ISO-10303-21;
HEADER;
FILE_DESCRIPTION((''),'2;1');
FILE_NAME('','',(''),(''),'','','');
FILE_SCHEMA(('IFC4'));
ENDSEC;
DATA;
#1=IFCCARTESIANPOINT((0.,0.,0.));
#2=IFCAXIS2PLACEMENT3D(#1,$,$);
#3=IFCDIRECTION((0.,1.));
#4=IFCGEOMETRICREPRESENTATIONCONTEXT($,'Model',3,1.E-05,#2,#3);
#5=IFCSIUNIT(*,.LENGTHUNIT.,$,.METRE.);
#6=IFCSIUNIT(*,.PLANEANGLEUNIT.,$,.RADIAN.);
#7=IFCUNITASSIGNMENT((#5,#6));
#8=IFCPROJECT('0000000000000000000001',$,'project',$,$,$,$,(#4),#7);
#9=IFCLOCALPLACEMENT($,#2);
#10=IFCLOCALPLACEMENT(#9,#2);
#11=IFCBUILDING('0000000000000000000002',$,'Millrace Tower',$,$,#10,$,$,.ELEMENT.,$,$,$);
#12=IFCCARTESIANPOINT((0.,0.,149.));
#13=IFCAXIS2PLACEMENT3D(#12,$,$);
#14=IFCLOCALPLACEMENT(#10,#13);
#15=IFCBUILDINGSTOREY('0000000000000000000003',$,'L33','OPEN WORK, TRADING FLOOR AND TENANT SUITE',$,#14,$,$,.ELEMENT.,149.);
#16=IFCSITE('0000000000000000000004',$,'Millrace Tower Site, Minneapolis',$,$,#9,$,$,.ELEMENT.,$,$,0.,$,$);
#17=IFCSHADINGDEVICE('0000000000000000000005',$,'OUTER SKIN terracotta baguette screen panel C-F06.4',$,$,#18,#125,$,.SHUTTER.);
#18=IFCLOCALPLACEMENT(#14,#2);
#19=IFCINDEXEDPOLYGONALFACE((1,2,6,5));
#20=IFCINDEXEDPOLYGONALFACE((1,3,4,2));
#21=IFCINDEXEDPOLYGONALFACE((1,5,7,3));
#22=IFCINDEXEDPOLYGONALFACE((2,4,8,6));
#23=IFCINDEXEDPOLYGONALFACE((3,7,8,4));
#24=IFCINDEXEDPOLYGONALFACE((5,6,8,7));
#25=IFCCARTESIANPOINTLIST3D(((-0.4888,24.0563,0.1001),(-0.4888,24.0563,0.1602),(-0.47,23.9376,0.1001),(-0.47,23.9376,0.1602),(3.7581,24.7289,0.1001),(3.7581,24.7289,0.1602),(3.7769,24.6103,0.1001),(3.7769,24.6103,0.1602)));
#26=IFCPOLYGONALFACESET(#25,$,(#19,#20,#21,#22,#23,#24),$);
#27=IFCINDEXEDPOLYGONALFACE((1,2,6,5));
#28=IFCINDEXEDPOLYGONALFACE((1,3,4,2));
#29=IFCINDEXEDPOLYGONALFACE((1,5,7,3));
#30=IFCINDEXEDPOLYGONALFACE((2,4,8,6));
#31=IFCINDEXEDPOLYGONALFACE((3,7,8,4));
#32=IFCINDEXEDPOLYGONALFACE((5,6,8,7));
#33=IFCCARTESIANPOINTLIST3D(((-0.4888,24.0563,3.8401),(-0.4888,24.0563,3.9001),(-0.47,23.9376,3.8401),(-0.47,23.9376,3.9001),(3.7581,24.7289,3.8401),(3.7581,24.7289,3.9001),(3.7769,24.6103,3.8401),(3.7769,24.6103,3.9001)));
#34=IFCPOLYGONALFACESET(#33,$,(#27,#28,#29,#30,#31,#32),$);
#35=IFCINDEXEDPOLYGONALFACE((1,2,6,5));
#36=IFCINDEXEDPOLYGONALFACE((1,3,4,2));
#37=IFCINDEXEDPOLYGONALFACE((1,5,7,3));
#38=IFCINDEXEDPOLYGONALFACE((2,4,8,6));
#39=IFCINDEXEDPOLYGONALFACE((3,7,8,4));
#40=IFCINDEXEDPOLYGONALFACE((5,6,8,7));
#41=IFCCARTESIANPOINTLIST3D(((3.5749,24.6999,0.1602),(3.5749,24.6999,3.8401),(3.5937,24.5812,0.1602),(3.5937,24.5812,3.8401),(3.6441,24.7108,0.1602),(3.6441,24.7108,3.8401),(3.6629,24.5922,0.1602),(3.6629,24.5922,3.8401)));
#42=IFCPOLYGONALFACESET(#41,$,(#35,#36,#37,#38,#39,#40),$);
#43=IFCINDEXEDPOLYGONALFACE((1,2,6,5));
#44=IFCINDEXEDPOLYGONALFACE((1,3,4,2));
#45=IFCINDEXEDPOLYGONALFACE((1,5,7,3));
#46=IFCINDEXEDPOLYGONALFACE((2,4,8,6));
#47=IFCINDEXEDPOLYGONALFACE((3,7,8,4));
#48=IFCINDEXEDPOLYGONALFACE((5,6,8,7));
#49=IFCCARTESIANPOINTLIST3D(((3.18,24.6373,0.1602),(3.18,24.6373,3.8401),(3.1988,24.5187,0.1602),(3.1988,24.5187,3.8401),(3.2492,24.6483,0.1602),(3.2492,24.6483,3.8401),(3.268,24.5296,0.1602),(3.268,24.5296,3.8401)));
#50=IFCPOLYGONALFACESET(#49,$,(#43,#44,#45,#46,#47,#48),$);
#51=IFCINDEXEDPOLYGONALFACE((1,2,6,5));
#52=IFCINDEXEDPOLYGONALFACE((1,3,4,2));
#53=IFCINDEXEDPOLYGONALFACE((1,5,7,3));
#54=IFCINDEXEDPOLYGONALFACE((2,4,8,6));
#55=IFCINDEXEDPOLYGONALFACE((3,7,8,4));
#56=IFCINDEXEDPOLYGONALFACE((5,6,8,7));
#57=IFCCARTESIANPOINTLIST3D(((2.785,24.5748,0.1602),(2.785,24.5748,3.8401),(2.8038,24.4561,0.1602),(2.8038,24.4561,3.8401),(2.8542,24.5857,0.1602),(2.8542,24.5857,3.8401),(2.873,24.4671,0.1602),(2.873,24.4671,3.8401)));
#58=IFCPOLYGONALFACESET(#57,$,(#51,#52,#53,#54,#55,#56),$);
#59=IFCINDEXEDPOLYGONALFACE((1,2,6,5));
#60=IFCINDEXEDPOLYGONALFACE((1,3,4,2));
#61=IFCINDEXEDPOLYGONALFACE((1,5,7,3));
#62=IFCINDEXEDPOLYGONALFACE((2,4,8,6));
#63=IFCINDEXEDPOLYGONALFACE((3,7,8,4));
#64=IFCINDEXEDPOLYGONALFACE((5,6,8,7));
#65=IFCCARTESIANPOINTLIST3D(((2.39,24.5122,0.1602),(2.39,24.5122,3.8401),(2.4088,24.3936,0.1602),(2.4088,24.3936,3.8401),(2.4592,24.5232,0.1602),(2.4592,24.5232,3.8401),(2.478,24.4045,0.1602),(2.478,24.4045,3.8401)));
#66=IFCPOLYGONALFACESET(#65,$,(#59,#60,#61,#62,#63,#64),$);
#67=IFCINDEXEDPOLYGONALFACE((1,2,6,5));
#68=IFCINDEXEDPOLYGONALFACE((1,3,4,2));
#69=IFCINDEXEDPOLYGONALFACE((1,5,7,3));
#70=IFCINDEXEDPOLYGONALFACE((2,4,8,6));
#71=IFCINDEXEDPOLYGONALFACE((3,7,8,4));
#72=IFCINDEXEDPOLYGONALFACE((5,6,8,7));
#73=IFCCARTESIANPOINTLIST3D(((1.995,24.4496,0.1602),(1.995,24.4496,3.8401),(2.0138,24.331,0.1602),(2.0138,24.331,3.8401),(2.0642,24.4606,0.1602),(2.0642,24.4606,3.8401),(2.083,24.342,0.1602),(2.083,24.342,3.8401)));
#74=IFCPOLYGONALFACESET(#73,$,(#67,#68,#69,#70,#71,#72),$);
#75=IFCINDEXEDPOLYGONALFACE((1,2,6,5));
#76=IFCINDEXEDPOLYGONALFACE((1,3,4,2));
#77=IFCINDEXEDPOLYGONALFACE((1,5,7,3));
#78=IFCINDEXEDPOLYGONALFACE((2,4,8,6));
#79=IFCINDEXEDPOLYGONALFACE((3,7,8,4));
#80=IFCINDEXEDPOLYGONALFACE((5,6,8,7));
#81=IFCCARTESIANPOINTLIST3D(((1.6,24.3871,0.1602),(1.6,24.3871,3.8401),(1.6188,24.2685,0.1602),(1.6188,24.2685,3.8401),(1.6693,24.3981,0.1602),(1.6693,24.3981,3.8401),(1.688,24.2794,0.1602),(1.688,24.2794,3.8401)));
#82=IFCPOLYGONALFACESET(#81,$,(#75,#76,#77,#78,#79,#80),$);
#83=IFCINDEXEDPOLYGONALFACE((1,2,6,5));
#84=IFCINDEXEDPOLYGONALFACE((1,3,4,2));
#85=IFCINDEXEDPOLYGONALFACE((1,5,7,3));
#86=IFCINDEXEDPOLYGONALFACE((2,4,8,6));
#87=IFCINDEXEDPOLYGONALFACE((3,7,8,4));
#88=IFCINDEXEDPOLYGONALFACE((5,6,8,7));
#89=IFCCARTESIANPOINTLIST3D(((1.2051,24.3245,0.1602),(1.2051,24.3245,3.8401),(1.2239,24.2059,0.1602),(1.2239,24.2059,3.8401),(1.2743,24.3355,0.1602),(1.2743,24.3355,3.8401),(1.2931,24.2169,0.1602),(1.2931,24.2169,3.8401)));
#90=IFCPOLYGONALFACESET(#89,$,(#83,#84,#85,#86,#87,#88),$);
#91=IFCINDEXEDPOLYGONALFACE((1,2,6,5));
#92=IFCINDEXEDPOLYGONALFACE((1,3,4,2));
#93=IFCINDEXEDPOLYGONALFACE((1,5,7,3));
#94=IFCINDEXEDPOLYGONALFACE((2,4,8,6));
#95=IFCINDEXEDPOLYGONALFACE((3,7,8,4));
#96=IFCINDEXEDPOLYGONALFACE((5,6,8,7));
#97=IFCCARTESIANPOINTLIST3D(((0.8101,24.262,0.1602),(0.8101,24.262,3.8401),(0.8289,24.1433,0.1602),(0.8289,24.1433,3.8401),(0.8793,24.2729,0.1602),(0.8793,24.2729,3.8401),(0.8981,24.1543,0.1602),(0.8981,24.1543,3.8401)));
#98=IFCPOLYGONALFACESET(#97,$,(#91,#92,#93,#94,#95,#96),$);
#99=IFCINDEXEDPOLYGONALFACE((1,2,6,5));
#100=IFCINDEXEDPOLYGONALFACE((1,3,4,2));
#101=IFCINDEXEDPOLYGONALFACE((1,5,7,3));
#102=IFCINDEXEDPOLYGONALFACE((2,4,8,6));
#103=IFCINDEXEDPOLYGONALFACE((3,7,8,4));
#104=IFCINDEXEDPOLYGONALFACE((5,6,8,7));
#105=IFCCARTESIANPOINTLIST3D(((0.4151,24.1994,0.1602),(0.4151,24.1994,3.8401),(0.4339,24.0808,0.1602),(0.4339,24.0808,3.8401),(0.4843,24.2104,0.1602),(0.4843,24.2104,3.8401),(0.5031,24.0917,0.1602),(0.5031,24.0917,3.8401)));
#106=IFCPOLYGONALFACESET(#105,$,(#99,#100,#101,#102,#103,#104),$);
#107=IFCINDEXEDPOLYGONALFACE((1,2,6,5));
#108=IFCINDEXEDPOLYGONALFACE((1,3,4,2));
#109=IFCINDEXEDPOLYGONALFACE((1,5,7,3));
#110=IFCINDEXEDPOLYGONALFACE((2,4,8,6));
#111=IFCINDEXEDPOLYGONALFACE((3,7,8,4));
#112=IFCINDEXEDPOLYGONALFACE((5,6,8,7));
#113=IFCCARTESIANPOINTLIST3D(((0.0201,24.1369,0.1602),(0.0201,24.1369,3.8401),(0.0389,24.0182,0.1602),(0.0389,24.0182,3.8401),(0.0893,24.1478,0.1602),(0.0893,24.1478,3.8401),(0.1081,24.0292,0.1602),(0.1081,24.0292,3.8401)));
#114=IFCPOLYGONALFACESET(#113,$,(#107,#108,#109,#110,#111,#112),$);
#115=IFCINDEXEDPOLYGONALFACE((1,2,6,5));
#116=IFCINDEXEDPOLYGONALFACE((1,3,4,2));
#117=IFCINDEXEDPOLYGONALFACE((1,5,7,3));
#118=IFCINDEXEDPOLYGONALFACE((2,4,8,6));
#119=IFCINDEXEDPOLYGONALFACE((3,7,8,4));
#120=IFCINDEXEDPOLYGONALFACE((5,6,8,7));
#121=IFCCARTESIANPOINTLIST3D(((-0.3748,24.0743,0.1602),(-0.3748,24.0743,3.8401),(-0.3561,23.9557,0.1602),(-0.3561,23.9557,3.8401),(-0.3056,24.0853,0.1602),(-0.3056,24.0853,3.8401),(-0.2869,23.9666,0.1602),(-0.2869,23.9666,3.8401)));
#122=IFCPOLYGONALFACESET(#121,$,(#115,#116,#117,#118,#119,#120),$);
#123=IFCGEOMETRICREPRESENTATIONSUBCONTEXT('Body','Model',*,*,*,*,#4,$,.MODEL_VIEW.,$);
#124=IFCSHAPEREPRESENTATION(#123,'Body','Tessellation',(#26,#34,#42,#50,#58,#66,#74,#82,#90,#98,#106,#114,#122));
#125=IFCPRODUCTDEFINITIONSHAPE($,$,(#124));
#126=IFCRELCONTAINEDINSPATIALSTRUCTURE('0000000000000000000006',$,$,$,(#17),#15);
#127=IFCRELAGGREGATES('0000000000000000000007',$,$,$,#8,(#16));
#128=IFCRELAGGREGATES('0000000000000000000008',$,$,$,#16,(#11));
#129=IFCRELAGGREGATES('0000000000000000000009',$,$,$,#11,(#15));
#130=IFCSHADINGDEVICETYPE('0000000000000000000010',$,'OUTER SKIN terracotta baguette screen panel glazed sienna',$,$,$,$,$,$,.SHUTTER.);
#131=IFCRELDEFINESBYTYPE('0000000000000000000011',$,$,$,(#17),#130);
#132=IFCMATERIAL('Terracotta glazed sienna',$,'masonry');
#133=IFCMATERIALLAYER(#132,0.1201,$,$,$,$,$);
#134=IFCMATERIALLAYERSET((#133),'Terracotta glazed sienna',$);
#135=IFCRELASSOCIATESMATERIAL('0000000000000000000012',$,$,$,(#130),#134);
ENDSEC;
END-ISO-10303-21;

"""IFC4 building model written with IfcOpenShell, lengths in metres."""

from ifc_helpers import new_model, entity, si_unit, direction, frame, frame_2d, origin, origin_2d, place, context, subcontext, project, spatial, rectangle, extrude, source, transform, mapped, material, layer, layer_set, type_object, element, save


model = new_model("IFC4")

# Units and contexts
model_context = context("Model", 3, precision=1e-05, world=origin(), true_north=direction((0.0, 1.0)))
body_context = subcontext(model_context, "Body", "Model", "MODEL_VIEW")
ifc_project = project(units=[si_unit("LENGTHUNIT", "METRE"), si_unit("PLANEANGLEUNIT", "RADIAN")], contexts=[model_context])

# Site, building, storey
site_placement = place(None, origin())
site = spatial("IfcSite", under=ifc_project, at=site_placement, Name="Millrace Tower Site, Minneapolis", CompositionType="ELEMENT", RefElevation=0.0)
building_placement = place(site_placement, origin())
building = spatial("IfcBuilding", under=site, at=building_placement, Name="Millrace Tower", CompositionType="ELEMENT")
storey_placement = place(building_placement, frame((0.0, 0.0, 149.0)))
storey = spatial("IfcBuildingStorey", under=building, at=storey_placement, Name="L33", Description="OPEN WORK, TRADING FLOOR AND TENANT SUITE", CompositionType="ELEMENT", Elevation=149.0)

# Shading device
ifc_material_1 = material(Name="Terracotta glazed sienna", Category="masonry")
ifc_layer_1 = layer(ifc_material_1, 0.1201)
ifc_layer_set_1 = layer_set([ifc_layer_1], Name="Terracotta glazed sienna")
shading_device_type = type_object("IfcShadingDeviceType", Name="OUTER SKIN terracotta baguette screen panel glazed sienna", PredefinedType="SHUTTER", material=ifc_layer_set_1)
cartesian_point_1 = entity("IfcCartesianPoint", [-2.1499, 0.0601])
shared_polyline_1 = entity("IfcPolyline", [cartesian_point_1, entity("IfcCartesianPoint", [2.1499, 0.0601]), entity("IfcCartesianPoint", [2.1499, -0.0601]), entity("IfcCartesianPoint", [-2.1499, -0.0601]), cartesian_point_1])
shared_shape_1 = source(origin(), body_context, "Body", "SweptSolid", [
    entity("IfcExtrudedAreaSolid", entity("IfcArbitraryClosedProfileDef", "AREA", None, shared_polyline_1), entity("IfcAxis2Placement3D", entity("IfcCartesianPoint", [0.0, 0.0, 0.0])), entity("IfcDirection", [0.0, 0.0, 1.0]), 0.0601),
    entity("IfcExtrudedAreaSolid", entity("IfcArbitraryClosedProfileDef", "AREA", None, shared_polyline_1), entity("IfcAxis2Placement3D", entity("IfcCartesianPoint", [0.0, 0.0, 3.74])), entity("IfcDirection", [0.0, 0.0, 1.0]), 0.0601),
    extrude(rectangle(XDim=0.0701, YDim=0.1201, at=frame_2d((-1.9995, 0.0))), frame((0.0, 0.0, 0.0601)), (0.0, 0.0, 1.0), 3.6799),
    extrude(rectangle(XDim=0.0701, YDim=0.1201, at=frame_2d((-1.5996, 0.0))), frame((0.0, 0.0, 0.0601)), (0.0, 0.0, 1.0), 3.6799),
    extrude(rectangle(XDim=0.0701, YDim=0.1201, at=frame_2d((-1.1997, 0.0))), frame((0.0, 0.0, 0.0601)), (0.0, 0.0, 1.0), 3.6799),
    extrude(rectangle(XDim=0.0701, YDim=0.1201, at=frame_2d((-0.7998, 0.0))), frame((0.0, 0.0, 0.0601)), (0.0, 0.0, 1.0), 3.6799),
    extrude(rectangle(XDim=0.0701, YDim=0.1201, at=frame_2d((-0.3999, 0.0))), frame((0.0, 0.0, 0.0601)), (0.0, 0.0, 1.0), 3.6799),
    extrude(rectangle(XDim=0.0701, YDim=0.1201, at=origin_2d()), frame((0.0, 0.0, 0.0601)), (0.0, 0.0, 1.0), 3.6799),
    extrude(rectangle(XDim=0.0701, YDim=0.1201, at=frame_2d((0.3999, 0.0))), frame((0.0, 0.0, 0.0601)), (0.0, 0.0, 1.0), 3.6799),
    extrude(rectangle(XDim=0.0701, YDim=0.1201, at=frame_2d((0.7998, 0.0))), frame((0.0, 0.0, 0.0601)), (0.0, 0.0, 1.0), 3.6799),
    extrude(rectangle(XDim=0.0701, YDim=0.1201, at=frame_2d((1.1997, 0.0))), frame((0.0, 0.0, 0.0601)), (0.0, 0.0, 1.0), 3.6799),
    extrude(rectangle(XDim=0.0701, YDim=0.1201, at=frame_2d((1.5996, 0.0))), frame((0.0, 0.0, 0.0601)), (0.0, 0.0, 1.0), 3.6799),
    extrude(rectangle(XDim=0.0701, YDim=0.1201, at=frame_2d((1.9995, 0.0))), frame((0.0, 0.0, 0.0601)), (0.0, 0.0, 1.0), 3.6799),
])
for number, where, z_axis, x_axis, name in (
    (1, (1.644, 24.3333, 0.1001), (0.0, 0.0, 1.0), (-0.987688, -0.156434, 0.0), "OUTER SKIN terracotta baguette screen panel C-F06.4"),
):
    element("IfcShadingDevice", number, at=place(storey_placement, frame(where, z_axis=z_axis, x_axis=x_axis)), inside=storey, type_object=shading_device_type, Name=name, PredefinedType="SHUTTER", context=body_context, shape_type="MappedRepresentation", body=[
        mapped(shared_shape_1, transform((0.0, 0.0, 0.0), scale=1.0)),
    ])

save(model, "model.ifc")
